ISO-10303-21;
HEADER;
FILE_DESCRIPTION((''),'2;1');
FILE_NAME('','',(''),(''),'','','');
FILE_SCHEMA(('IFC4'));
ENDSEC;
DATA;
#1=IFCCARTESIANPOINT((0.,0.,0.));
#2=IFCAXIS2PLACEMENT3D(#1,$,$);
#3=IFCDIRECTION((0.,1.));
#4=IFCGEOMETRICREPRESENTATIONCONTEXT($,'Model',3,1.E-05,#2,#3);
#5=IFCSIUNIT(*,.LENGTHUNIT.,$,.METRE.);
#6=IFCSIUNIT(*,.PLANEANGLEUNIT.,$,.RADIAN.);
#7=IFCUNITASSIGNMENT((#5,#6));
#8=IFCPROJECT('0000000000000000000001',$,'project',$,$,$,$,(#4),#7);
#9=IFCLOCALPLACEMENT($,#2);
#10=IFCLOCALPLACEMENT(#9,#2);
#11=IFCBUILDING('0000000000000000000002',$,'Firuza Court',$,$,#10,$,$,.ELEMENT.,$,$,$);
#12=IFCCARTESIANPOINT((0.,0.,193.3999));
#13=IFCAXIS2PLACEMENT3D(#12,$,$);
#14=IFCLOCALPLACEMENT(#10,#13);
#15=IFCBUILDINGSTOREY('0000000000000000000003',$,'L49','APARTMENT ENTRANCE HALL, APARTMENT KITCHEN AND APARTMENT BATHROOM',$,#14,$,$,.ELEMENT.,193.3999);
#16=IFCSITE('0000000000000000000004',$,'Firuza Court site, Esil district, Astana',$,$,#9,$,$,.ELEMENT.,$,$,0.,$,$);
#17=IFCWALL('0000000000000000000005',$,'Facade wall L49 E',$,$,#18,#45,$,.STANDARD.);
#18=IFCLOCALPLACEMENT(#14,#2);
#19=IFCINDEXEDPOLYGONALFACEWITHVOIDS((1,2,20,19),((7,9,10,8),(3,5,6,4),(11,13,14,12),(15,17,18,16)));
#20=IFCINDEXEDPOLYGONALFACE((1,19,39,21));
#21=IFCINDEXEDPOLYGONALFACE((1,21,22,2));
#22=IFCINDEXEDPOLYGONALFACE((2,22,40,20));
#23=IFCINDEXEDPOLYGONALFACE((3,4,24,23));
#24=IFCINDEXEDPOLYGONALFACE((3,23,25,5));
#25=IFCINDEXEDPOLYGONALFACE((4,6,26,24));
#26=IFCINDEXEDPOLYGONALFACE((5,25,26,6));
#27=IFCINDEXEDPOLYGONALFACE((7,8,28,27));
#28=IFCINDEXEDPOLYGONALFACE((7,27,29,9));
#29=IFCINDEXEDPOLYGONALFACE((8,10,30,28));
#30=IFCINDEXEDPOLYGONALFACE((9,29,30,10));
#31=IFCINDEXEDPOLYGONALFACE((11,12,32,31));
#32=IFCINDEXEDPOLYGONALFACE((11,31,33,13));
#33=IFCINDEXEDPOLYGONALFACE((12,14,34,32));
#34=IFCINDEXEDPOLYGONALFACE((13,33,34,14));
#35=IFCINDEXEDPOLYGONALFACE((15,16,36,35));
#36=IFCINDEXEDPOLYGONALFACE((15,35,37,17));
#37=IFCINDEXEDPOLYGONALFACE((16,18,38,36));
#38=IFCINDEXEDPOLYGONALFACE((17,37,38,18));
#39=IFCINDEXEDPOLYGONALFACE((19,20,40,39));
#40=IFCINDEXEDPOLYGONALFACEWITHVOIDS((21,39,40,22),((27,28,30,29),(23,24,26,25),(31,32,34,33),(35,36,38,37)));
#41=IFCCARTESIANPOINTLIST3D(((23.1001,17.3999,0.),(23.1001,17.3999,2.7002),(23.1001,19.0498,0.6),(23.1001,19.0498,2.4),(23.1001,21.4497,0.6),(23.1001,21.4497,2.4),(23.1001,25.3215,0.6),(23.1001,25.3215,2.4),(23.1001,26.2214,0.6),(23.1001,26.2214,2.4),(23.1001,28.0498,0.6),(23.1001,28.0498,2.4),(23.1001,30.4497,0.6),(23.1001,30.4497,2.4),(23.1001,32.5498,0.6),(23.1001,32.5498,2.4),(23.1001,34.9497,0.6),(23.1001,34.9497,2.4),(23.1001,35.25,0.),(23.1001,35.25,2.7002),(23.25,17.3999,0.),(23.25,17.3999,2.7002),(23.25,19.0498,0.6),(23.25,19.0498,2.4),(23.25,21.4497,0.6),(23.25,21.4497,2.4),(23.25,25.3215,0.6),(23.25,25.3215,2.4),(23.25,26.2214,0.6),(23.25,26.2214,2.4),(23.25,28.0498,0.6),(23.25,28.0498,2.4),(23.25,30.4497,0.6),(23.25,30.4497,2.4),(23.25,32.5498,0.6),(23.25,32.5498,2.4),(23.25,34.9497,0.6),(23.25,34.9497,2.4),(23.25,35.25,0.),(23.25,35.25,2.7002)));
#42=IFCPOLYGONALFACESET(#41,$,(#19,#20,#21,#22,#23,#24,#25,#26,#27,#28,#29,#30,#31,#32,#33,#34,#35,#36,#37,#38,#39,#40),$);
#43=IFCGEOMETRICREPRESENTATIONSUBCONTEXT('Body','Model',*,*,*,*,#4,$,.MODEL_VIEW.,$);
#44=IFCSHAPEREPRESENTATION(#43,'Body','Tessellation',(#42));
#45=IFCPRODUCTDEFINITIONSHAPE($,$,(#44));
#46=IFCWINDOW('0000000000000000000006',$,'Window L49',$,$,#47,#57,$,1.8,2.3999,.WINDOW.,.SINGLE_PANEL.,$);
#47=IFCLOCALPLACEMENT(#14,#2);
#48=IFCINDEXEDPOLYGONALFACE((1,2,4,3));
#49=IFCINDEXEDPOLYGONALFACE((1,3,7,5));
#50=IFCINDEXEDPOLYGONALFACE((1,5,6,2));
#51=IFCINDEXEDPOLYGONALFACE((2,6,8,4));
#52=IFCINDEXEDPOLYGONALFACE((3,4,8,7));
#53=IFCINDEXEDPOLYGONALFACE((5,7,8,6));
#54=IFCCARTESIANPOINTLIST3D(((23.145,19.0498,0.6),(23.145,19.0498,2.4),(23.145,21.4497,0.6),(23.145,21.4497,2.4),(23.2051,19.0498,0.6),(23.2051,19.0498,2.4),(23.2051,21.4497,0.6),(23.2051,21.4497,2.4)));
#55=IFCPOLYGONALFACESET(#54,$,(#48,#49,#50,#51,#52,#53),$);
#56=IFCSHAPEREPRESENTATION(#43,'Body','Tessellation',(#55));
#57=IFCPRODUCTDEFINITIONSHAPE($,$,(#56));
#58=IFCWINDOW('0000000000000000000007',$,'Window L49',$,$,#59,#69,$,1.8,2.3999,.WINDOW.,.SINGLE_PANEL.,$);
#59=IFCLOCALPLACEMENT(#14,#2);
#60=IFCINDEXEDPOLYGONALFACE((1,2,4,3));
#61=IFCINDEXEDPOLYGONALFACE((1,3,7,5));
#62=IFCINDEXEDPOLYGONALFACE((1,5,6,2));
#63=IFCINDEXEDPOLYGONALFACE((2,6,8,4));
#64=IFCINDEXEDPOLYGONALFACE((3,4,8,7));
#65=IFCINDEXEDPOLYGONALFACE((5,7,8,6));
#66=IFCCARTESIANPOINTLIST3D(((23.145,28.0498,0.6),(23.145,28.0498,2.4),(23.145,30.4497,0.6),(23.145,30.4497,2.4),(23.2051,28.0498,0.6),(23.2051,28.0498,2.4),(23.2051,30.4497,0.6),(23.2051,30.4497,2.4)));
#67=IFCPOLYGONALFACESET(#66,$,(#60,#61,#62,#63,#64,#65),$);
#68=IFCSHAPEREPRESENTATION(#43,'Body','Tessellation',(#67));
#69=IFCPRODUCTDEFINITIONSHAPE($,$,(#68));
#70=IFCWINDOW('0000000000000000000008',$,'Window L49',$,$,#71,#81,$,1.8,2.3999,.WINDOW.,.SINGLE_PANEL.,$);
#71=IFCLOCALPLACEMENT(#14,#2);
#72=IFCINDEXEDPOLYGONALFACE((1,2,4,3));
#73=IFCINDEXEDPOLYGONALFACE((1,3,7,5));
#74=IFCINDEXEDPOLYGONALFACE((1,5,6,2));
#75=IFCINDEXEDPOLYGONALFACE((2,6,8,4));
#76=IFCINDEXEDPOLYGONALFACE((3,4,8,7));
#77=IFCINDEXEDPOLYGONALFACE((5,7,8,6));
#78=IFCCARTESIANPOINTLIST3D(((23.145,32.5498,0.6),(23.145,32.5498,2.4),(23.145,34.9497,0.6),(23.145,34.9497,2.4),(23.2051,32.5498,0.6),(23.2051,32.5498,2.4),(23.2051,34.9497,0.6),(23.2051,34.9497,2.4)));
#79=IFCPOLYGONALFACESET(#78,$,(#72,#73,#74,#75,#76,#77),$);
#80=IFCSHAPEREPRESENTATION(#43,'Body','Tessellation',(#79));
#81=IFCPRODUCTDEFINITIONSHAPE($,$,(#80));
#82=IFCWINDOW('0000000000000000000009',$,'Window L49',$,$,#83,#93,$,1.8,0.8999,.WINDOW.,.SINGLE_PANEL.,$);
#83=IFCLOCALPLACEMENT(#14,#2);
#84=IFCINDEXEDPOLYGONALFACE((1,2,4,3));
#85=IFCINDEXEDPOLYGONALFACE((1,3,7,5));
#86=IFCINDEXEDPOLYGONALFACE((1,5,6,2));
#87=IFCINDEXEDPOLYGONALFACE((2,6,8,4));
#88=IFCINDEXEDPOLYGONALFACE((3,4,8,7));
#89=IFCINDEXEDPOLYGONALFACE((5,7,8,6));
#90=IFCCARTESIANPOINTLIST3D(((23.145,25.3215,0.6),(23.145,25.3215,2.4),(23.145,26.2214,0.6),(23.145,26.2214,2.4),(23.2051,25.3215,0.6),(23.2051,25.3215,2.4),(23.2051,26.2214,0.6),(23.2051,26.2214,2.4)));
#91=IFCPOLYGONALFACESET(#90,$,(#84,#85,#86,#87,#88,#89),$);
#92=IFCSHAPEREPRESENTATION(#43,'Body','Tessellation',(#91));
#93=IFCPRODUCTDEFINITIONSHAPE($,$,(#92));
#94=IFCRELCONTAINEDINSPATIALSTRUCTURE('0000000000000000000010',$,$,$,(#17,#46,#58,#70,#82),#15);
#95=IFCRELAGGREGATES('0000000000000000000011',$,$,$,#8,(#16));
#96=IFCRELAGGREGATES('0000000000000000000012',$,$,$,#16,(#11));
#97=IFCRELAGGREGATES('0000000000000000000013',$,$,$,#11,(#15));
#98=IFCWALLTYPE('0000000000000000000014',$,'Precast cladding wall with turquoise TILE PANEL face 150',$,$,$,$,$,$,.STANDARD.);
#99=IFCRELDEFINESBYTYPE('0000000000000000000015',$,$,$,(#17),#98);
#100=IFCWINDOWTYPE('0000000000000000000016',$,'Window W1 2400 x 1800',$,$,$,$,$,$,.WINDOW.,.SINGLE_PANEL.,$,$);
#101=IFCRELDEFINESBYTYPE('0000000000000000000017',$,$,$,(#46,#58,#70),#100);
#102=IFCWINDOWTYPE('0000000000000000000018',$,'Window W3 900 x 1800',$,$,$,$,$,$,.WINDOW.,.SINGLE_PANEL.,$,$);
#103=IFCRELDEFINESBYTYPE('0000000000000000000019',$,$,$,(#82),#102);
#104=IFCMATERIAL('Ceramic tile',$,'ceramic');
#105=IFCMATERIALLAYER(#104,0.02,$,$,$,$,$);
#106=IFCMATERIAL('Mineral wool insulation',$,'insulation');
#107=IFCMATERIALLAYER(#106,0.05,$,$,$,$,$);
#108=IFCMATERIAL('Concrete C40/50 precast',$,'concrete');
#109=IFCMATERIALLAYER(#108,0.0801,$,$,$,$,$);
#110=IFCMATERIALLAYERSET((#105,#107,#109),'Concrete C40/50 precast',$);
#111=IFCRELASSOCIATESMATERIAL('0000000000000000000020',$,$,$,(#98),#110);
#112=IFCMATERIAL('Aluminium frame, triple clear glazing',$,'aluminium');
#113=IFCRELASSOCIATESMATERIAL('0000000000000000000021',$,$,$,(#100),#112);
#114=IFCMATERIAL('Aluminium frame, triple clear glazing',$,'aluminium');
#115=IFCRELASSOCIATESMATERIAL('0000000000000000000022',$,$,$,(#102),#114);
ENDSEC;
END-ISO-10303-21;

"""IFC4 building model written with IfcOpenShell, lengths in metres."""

from ifc_helpers import new_model, si_unit, direction, frame, frame_2d, origin, place, context, subcontext, project, spatial, rectangle, extrude, material, layer, layer_set, type_object, element, fill, save


model = new_model("IFC4")

# Units and contexts
model_context = context("Model", 3, precision=1e-05, world=origin(), true_north=direction((0.0, 1.0)))
body_context = subcontext(model_context, "Body", "Model", "MODEL_VIEW")
ifc_project = project(units=[si_unit("LENGTHUNIT", "METRE"), si_unit("PLANEANGLEUNIT", "RADIAN")], contexts=[model_context])

# Site, building, storey
site_placement = place(None, origin())
site = spatial("IfcSite", under=ifc_project, at=site_placement, Name="Firuza Court site, Esil district, Astana", CompositionType="ELEMENT", RefElevation=0.0)
building_placement = place(site_placement, origin())
building = spatial("IfcBuilding", under=site, at=building_placement, Name="Firuza Court", CompositionType="ELEMENT")
storey_placement = place(building_placement, frame((0.0, 0.0, 193.3999)))
storey = spatial("IfcBuildingStorey", under=building, at=storey_placement, Name="L49", Description="APARTMENT ENTRANCE HALL, APARTMENT KITCHEN AND APARTMENT BATHROOM", CompositionType="ELEMENT", Elevation=193.3999)

# Wall, openings, windows
ifc_material_1 = material(Name="Ceramic tile", Category="ceramic")
ifc_layer_1 = layer(ifc_material_1, 0.02)
ifc_material_2 = material(Name="Mineral wool insulation", Category="insulation")
ifc_layer_2 = layer(ifc_material_2, 0.05)
ifc_material_3 = material(Name="Concrete C40/50 precast", Category="concrete")
ifc_layer_3 = layer(ifc_material_3, 0.0801)
ifc_layer_set_1 = layer_set([ifc_layer_1, ifc_layer_2, ifc_layer_3], Name="Concrete C40/50 precast")
wall_type_1 = type_object("IfcWallType", Name="Precast cladding wall with turquoise TILE PANEL face 150", PredefinedType="STANDARD", material=ifc_layer_set_1)
wall_1_placement = place(storey_placement, frame((23.175, 17.3999, 0.0), z_axis=(0.0, 0.0, 1.0), x_axis=(0.0, 1.0, 0.0)))
wall_1 = element("IfcWall", 1, at=wall_1_placement, inside=storey, type_object=wall_type_1, Name="Facade wall L49 E", PredefinedType="STANDARD", context=body_context, shape_type="SweptSolid", body=[
    extrude(rectangle(XDim=17.8501, YDim=0.1499, at=frame_2d((8.925, 0.0))), origin(), (0.0, 0.0, 1.0), 2.7002),
])
opening_1_placement = place(wall_1_placement, frame((1.6499, 0.0, 0.6001)))
opening_1 = element("IfcOpeningElement", 2, at=opening_1_placement, cuts=wall_1, PredefinedType="OPENING", context=body_context, shape_type="SweptSolid", body=[
    extrude(rectangle(XDim=2.3999, YDim=1.8, at=frame_2d((1.2, 0.8999))), frame((0.0, 0.0869, 0.0), z_axis=(0.0, -1.0, 0.0), x_axis=(1.0, 0.0, 0.0)), (0.0, 0.0, 1.0), 0.1738),
])
opening_2_placement = place(wall_1_placement, frame((7.9216, 0.0, 0.6001)))
opening_2 = element("IfcOpeningElement", 3, at=opening_2_placement, cuts=wall_1, PredefinedType="OPENING", context=body_context, shape_type="SweptSolid", body=[
    extrude(rectangle(XDim=0.8999, YDim=1.8, at=frame_2d((0.45, 0.8999))), frame((0.0, 0.0869, 0.0), z_axis=(0.0, -1.0, 0.0), x_axis=(1.0, 0.0, 0.0)), (0.0, 0.0, 1.0), 0.1738),
])
opening_3_placement = place(wall_1_placement, frame((10.6499, 0.0, 0.6001)))
opening_3 = element("IfcOpeningElement", 4, at=opening_3_placement, cuts=wall_1, PredefinedType="OPENING", context=body_context, shape_type="SweptSolid", body=[
    extrude(rectangle(XDim=2.3999, YDim=1.8, at=frame_2d((1.2, 0.8999))), frame((0.0, 0.0869, 0.0), z_axis=(0.0, -1.0, 0.0), x_axis=(1.0, 0.0, 0.0)), (0.0, 0.0, 1.0), 0.1738),
])
opening_4_placement = place(wall_1_placement, frame((15.1499, 0.0, 0.6001)))
opening_4 = element("IfcOpeningElement", 5, at=opening_4_placement, cuts=wall_1, PredefinedType="OPENING", context=body_context, shape_type="SweptSolid", body=[
    extrude(rectangle(XDim=2.3999, YDim=1.8, at=frame_2d((1.2, 0.8999))), frame((0.0, 0.0869, 0.0), z_axis=(0.0, -1.0, 0.0), x_axis=(1.0, 0.0, 0.0)), (0.0, 0.0, 1.0), 0.1738),
])
ifc_material_4 = material(Name="Aluminium frame, triple clear glazing", Category="aluminium")
window_type_1 = type_object("IfcWindowType", Name="Window W1 2400 x 1800", PartitioningType="SINGLE_PANEL", PredefinedType="WINDOW", material=ifc_material_4)
window_1_placement = place(opening_1_placement, origin())
window_1 = element("IfcWindow", 6, at=window_1_placement, inside=storey, type_object=window_type_1, Name="Window L49", OverallHeight=1.8, OverallWidth=2.3999, PartitioningType="SINGLE_PANEL", PredefinedType="WINDOW", context=body_context, shape_type="SweptSolid", body=[
    extrude(rectangle(XDim=2.3999, YDim=1.8, at=frame_2d((1.2, 0.8999))), frame((0.0, 0.03, 0.0), z_axis=(0.0, -1.0, 0.0), x_axis=(1.0, 0.0, 0.0)), (0.0, 0.0, 1.0), 0.0601),
])
fill(opening_1, window_1)
window_2_placement = place(opening_3_placement, origin())
window_2 = element("IfcWindow", 7, at=window_2_placement, inside=storey, type_object=window_type_1, Name="Window L49", OverallHeight=1.8, OverallWidth=2.3999, PartitioningType="SINGLE_PANEL", PredefinedType="WINDOW", context=body_context, shape_type="SweptSolid", body=[
    extrude(rectangle(XDim=2.3999, YDim=1.8, at=frame_2d((1.2, 0.8999))), frame((0.0, 0.03, 0.0), z_axis=(0.0, -1.0, 0.0), x_axis=(1.0, 0.0, 0.0)), (0.0, 0.0, 1.0), 0.0601),
])
fill(opening_3, window_2)
window_3_placement = place(opening_4_placement, origin())
window_3 = element("IfcWindow", 8, at=window_3_placement, inside=storey, type_object=window_type_1, Name="Window L49", OverallHeight=1.8, OverallWidth=2.3999, PartitioningType="SINGLE_PANEL", PredefinedType="WINDOW", context=body_context, shape_type="SweptSolid", body=[
    extrude(rectangle(XDim=2.3999, YDim=1.8, at=frame_2d((1.2, 0.8999))), frame((0.0, 0.03, 0.0), z_axis=(0.0, -1.0, 0.0), x_axis=(1.0, 0.0, 0.0)), (0.0, 0.0, 1.0), 0.0601),
])
fill(opening_4, window_3)
ifc_material_5 = material(Name="Aluminium frame, triple clear glazing", Category="aluminium")
window_type_2 = type_object("IfcWindowType", Name="Window W3 900 x 1800", PartitioningType="SINGLE_PANEL", PredefinedType="WINDOW", material=ifc_material_5)
window_4_placement = place(opening_2_placement, origin())
window_4 = element("IfcWindow", 9, at=window_4_placement, inside=storey, type_object=window_type_2, Name="Window L49", OverallHeight=1.8, OverallWidth=0.8999, PartitioningType="SINGLE_PANEL", PredefinedType="WINDOW", context=body_context, shape_type="SweptSolid", body=[
    extrude(rectangle(XDim=0.8999, YDim=1.8, at=frame_2d((0.45, 0.8999))), frame((0.0, 0.03, 0.0), z_axis=(0.0, -1.0, 0.0), x_axis=(1.0, 0.0, 0.0)), (0.0, 0.0, 1.0), 0.0601),
])
fill(opening_2, window_4)

save(model, "model.ifc")
